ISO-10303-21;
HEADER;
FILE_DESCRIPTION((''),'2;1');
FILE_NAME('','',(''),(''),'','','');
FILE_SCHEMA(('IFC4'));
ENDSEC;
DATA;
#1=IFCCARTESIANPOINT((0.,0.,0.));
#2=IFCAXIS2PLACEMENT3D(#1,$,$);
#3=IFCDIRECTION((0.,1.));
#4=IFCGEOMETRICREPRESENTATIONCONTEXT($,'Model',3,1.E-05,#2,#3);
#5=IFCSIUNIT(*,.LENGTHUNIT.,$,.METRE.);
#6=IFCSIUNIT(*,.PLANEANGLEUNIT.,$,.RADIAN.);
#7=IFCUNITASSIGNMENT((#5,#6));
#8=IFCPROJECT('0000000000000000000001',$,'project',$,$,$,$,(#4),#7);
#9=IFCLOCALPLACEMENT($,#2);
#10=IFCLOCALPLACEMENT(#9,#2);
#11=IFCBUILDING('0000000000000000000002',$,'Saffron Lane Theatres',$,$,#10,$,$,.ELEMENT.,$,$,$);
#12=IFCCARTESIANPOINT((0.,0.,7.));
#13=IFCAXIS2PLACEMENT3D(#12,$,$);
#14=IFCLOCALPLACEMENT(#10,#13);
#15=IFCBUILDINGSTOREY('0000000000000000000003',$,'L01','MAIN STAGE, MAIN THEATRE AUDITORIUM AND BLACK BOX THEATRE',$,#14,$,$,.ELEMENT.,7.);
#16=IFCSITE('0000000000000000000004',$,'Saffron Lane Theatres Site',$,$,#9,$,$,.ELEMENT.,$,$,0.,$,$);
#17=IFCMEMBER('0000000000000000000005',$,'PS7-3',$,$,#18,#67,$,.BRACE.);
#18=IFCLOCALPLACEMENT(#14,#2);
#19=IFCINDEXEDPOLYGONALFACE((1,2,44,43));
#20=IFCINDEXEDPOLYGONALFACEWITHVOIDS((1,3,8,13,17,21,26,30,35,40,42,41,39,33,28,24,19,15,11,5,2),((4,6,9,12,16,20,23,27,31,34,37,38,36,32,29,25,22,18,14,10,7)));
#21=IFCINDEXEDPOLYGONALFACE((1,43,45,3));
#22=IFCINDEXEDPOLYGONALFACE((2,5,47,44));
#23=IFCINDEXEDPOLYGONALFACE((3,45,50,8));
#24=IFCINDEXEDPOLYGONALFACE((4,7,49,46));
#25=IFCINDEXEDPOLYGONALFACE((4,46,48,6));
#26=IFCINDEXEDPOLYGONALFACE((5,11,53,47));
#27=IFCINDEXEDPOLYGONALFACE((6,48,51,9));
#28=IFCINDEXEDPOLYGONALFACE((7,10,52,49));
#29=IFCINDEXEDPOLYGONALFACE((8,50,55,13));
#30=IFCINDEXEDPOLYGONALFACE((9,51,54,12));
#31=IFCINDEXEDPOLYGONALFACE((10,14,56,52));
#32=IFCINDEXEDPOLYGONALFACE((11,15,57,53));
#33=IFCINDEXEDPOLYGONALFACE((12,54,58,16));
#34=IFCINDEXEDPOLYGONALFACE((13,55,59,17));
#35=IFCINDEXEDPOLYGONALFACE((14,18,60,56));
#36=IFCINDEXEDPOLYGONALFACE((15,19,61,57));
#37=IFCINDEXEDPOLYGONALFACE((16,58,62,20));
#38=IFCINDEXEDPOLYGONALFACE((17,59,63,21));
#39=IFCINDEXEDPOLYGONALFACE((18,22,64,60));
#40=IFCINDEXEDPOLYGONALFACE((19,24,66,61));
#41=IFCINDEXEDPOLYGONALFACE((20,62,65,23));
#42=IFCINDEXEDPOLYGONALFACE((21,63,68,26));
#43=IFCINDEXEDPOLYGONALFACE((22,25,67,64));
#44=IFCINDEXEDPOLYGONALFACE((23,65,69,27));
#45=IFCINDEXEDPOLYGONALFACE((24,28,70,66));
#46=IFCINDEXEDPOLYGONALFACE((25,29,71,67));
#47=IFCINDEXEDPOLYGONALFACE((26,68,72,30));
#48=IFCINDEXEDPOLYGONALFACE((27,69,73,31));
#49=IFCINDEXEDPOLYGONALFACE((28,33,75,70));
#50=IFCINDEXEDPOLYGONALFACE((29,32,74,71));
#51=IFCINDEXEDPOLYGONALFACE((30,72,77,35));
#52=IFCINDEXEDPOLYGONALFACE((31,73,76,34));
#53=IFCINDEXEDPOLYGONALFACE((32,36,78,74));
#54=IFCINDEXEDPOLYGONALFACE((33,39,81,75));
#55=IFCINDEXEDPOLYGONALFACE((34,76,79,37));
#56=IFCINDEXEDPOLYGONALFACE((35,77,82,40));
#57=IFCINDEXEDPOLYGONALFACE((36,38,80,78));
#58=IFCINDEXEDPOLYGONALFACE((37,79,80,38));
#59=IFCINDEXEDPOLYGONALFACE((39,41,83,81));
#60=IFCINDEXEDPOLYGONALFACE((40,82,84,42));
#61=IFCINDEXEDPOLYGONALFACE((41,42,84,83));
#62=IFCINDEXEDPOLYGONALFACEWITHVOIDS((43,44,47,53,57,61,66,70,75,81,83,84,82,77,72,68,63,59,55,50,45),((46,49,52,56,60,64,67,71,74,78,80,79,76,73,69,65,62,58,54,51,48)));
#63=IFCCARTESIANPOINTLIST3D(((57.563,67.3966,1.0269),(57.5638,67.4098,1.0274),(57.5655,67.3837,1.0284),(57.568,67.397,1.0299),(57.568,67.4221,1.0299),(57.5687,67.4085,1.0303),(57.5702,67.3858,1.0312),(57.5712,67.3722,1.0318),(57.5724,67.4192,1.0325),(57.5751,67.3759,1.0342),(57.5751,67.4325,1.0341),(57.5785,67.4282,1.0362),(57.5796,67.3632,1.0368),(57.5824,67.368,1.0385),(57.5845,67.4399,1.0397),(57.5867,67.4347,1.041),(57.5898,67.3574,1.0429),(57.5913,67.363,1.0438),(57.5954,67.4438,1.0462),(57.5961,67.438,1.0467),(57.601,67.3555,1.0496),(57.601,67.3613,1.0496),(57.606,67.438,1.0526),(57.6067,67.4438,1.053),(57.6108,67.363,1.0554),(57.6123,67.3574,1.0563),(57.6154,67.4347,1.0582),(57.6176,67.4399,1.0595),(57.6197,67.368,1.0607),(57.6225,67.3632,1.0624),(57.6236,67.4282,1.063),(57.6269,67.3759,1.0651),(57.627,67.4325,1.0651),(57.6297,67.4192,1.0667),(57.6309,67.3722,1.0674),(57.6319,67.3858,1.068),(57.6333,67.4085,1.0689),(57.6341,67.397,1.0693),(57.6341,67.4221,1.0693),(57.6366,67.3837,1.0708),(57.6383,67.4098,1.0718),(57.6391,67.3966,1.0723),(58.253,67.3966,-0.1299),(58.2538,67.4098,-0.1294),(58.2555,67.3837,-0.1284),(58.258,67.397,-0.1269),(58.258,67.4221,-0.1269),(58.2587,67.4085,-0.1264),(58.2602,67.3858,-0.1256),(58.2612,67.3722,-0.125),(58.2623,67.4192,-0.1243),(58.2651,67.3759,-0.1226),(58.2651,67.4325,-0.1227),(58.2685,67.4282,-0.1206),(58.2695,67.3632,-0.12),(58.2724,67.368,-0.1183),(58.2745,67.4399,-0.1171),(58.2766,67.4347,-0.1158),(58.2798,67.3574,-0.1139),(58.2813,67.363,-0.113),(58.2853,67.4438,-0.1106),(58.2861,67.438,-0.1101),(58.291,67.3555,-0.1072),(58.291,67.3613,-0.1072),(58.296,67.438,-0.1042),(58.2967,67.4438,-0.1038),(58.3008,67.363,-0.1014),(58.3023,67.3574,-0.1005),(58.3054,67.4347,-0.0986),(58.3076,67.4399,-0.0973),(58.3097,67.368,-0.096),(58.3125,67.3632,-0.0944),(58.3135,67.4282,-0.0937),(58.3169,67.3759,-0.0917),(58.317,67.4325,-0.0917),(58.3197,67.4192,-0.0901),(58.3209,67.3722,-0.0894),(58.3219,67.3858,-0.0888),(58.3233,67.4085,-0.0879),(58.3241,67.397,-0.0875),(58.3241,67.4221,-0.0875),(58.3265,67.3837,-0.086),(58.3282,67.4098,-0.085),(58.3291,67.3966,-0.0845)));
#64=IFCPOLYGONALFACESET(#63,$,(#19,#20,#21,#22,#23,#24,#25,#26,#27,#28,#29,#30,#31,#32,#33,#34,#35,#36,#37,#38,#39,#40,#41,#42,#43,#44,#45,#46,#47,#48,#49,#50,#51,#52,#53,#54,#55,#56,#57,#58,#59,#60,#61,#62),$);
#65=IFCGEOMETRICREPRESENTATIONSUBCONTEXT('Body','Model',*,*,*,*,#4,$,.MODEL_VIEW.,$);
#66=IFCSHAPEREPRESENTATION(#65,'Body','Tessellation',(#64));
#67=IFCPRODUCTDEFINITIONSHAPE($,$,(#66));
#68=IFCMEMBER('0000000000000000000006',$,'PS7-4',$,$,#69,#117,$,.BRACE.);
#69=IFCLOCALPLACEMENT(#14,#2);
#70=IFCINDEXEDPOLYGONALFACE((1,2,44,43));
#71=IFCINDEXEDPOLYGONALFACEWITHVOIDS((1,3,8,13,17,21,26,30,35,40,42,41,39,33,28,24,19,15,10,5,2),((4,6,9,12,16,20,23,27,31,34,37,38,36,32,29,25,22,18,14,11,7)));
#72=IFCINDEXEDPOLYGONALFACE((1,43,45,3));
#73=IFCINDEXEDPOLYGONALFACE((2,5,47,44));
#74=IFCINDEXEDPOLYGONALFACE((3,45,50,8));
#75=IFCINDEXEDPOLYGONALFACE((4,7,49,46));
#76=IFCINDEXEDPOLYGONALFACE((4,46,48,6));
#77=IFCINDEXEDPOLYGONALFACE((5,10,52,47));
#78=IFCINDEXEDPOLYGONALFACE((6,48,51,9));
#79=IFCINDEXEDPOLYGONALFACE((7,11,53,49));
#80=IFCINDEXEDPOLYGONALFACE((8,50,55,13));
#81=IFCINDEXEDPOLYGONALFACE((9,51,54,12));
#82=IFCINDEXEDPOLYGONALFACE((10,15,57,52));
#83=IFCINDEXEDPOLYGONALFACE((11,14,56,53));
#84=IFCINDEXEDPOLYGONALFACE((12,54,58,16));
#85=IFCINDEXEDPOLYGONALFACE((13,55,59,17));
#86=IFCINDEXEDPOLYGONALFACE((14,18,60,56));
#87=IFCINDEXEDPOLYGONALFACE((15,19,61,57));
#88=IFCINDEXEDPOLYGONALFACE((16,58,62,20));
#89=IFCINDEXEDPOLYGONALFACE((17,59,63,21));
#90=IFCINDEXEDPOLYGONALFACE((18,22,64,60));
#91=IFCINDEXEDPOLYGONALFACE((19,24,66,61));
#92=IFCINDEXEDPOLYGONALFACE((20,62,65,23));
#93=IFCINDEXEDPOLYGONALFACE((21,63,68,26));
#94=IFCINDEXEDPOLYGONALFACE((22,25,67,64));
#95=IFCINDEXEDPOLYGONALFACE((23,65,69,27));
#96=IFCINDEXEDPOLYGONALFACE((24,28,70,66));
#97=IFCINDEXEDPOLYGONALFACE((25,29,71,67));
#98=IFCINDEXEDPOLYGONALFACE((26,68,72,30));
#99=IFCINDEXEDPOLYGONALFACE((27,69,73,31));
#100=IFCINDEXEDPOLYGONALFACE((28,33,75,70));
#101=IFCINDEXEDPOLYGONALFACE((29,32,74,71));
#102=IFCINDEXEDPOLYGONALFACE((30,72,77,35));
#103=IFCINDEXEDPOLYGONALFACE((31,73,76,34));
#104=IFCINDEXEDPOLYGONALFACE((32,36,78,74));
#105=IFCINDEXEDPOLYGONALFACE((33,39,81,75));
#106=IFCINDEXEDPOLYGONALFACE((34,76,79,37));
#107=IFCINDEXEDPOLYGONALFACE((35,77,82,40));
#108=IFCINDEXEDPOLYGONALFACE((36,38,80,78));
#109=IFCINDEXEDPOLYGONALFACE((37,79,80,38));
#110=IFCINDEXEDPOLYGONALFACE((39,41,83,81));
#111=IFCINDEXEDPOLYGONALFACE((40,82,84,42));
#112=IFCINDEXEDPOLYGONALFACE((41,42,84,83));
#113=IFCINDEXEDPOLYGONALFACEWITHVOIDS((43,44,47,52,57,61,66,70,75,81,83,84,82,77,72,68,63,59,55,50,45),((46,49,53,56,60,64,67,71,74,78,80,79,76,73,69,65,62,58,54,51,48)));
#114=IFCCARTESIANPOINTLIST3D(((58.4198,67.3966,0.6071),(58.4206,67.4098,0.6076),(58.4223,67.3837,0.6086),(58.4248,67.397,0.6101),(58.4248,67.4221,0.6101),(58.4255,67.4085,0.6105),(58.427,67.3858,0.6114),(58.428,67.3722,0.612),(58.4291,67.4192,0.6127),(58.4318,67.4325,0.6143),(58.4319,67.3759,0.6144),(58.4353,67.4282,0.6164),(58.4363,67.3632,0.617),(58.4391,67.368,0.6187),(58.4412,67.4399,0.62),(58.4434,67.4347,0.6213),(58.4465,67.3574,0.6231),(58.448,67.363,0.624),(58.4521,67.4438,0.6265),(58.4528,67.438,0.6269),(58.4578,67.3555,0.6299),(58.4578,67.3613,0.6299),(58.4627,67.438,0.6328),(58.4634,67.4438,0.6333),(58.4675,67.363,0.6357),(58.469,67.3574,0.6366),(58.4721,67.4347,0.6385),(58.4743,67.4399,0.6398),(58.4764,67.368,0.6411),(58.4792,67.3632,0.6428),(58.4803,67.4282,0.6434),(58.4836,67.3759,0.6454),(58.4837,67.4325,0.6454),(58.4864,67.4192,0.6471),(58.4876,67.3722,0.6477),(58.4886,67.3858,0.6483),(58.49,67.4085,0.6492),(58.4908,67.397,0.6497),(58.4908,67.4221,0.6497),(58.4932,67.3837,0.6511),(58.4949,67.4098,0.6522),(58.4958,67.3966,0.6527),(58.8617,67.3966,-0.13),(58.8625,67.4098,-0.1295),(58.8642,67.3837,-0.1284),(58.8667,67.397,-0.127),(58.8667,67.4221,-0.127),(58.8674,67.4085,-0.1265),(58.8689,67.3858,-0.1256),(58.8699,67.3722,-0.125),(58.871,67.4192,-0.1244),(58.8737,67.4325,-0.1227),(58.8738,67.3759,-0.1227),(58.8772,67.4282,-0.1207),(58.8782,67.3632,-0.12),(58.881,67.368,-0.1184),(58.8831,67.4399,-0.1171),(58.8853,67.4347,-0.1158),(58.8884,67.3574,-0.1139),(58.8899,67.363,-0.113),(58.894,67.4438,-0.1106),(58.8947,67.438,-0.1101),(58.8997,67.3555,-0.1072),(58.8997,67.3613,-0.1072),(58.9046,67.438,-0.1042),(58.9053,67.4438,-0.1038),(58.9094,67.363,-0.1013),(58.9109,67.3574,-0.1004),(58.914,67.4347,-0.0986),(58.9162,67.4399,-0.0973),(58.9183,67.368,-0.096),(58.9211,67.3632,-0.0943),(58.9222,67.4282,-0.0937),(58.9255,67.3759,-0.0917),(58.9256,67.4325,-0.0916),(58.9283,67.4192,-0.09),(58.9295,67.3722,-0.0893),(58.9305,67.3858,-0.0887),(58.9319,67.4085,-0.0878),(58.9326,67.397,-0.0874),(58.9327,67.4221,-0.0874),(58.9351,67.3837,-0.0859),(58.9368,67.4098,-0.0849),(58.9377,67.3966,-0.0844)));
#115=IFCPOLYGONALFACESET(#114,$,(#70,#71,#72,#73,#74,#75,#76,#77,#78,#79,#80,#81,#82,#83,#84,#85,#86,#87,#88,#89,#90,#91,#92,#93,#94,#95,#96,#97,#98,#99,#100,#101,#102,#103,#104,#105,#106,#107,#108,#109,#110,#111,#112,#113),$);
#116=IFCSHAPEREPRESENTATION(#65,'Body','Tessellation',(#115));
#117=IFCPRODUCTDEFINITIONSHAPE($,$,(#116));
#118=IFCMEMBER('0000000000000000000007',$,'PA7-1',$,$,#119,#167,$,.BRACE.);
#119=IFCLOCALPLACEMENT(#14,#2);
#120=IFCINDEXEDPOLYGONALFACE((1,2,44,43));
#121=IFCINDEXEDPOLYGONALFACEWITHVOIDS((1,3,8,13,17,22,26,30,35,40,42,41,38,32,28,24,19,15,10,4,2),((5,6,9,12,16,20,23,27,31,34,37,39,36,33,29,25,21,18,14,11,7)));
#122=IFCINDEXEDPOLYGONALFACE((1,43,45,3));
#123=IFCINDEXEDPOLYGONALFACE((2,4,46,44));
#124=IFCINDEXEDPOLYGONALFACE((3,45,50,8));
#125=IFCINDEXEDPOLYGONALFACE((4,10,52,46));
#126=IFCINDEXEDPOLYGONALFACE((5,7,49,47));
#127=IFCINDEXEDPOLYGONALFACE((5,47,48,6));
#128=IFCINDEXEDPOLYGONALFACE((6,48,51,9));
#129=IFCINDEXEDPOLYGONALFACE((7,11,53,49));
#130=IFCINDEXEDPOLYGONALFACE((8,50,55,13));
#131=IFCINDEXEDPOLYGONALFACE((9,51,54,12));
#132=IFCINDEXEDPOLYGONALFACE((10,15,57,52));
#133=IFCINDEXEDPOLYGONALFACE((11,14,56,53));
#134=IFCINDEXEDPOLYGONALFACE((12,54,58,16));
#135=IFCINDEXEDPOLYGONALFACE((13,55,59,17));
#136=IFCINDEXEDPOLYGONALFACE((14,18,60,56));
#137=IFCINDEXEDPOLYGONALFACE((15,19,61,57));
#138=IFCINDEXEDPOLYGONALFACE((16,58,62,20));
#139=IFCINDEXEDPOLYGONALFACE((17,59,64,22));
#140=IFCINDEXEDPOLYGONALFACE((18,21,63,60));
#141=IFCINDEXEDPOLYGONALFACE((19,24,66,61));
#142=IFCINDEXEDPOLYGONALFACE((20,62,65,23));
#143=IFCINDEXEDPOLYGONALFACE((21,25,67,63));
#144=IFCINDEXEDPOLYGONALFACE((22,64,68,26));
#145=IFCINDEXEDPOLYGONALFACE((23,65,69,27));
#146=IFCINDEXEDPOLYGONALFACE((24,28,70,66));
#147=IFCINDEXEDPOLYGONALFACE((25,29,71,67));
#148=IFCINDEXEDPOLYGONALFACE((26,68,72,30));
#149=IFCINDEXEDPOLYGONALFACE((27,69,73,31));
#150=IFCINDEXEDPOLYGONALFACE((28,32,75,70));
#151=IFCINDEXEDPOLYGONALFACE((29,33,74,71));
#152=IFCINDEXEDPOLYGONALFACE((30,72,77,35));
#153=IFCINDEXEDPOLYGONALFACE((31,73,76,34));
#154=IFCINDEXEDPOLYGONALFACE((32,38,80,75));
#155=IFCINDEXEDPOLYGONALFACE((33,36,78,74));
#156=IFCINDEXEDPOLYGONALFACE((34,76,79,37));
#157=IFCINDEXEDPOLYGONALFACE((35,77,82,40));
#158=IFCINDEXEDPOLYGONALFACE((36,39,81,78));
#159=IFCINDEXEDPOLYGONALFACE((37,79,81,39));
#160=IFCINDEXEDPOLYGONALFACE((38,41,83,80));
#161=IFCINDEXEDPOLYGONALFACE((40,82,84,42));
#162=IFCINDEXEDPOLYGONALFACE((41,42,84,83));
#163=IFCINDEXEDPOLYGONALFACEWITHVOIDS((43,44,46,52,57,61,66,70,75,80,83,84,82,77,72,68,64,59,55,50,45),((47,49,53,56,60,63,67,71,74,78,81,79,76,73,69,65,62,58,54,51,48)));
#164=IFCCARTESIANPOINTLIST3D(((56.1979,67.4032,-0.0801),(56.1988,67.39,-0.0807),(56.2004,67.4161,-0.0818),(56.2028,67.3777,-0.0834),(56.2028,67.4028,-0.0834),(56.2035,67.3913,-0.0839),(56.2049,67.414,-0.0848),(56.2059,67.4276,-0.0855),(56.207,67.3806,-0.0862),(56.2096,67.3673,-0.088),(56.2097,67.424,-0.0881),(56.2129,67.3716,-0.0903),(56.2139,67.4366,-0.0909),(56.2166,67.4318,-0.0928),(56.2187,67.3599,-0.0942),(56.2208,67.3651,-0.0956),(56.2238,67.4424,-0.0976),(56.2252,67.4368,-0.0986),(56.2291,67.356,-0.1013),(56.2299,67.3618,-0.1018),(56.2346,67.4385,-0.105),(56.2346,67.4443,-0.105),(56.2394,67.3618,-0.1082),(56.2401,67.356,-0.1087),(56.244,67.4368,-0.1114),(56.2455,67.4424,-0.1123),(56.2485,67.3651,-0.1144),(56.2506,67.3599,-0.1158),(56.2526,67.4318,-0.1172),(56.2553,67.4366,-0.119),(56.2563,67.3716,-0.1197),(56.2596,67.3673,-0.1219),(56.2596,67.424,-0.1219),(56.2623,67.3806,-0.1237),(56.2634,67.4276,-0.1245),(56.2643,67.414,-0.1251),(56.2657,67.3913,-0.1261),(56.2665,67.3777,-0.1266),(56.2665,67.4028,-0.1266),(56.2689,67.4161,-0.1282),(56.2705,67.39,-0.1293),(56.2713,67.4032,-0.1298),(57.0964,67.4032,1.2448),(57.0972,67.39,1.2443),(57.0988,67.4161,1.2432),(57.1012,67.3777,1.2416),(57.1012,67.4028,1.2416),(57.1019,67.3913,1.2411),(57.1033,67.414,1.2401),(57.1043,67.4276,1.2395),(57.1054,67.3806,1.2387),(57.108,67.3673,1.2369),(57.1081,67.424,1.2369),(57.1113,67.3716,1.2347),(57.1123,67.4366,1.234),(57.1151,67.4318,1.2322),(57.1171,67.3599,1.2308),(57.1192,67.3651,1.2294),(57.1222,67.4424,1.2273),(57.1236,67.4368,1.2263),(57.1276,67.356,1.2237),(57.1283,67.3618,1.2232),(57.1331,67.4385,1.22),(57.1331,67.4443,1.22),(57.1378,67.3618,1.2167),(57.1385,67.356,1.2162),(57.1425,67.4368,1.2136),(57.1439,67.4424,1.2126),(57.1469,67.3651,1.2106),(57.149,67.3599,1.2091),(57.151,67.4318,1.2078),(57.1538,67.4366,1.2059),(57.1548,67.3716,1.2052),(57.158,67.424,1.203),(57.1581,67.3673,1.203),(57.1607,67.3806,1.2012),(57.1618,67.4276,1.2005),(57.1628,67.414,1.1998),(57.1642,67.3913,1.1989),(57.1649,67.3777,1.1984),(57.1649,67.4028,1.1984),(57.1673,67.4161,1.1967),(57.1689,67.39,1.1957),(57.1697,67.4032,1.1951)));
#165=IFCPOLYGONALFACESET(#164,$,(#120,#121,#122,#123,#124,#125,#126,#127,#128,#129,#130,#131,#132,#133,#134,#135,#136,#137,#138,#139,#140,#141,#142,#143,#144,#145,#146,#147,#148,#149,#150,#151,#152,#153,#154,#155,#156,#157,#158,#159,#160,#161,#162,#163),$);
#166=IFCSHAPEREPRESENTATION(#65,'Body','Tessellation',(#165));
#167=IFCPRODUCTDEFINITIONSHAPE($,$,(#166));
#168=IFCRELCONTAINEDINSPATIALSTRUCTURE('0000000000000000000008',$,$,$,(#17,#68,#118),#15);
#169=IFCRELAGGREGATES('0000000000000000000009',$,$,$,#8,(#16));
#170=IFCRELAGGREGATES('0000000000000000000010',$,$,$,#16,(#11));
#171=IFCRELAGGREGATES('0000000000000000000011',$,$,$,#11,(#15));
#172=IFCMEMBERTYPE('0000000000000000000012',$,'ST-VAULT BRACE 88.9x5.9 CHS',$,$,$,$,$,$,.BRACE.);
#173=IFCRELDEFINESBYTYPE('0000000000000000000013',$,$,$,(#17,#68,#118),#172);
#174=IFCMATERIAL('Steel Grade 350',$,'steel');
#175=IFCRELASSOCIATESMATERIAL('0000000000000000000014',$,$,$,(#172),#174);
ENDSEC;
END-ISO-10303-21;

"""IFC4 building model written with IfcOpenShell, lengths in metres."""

from ifc_helpers import new_model, si_unit, direction, frame, origin, origin_2d, place, context, subcontext, project, spatial, hollow_circle, extrude, material, material_profile, profile_set, type_object, element, save


model = new_model("IFC4")

# Units and contexts
model_context = context("Model", 3, precision=1e-05, world=origin(), true_north=direction((0.0, 1.0)))
body_context = subcontext(model_context, "Body", "Model", "MODEL_VIEW")
ifc_project = project(units=[si_unit("LENGTHUNIT", "METRE"), si_unit("PLANEANGLEUNIT", "RADIAN")], contexts=[model_context])

# Site, building, storey
site_placement = place(None, origin())
site = spatial("IfcSite", under=ifc_project, at=site_placement, Name="Saffron Lane Theatres Site", CompositionType="ELEMENT", RefElevation=0.0)
building_placement = place(site_placement, origin())
building = spatial("IfcBuilding", under=site, at=building_placement, Name="Saffron Lane Theatres", CompositionType="ELEMENT")
storey_placement = place(building_placement, frame((0.0, 0.0, 7.0)))
storey = spatial("IfcBuildingStorey", under=building, at=storey_placement, Name="L01", Description="MAIN STAGE, MAIN THEATRE AUDITORIUM AND BLACK BOX THEATRE", CompositionType="ELEMENT", Elevation=7.0)

# Members
ifc_material_1 = material(Name="Steel Grade 350", Category="steel")
ifc_material_profile_1 = material_profile(ifc_material_1, hollow_circle(Radius=0.0444, WallThickness=0.0059, at=origin_2d()))
ifc_profile_set_1 = profile_set([ifc_material_profile_1], Name="Steel Grade 350")
member_type_1 = type_object("IfcMemberType", Name="ST-VAULT BRACE 88.9x5.9 CHS", PredefinedType="BRACE", material=ifc_profile_set_1)
member_1_placement = place(storey_placement, frame((58.291, 67.3999, -0.1072), z_axis=(-0.512255, 0.0, 0.858833), x_axis=(0.0, -1.0, 0.0)))
element("IfcMember", 1, at=member_1_placement, inside=storey, type_object=member_type_1, Name="PS7-3", PredefinedType="BRACE", context=body_context, shape_type="SweptSolid", body=[
    extrude(hollow_circle(Radius=0.0444, WallThickness=0.0059, at=origin_2d()), origin(), (0.0, 0.0, 1.0), 1.3469),
])
member_2_placement = place(storey_placement, frame((58.8997, 67.3999, -0.1072), z_axis=(-0.514203, 0.0, 0.857668), x_axis=(0.0, -1.0, 0.0)))
element("IfcMember", 2, at=member_2_placement, inside=storey, type_object=member_type_1, Name="PS7-4", PredefinedType="BRACE", context=body_context, shape_type="SweptSolid", body=[
    extrude(hollow_circle(Radius=0.0444, WallThickness=0.0059, at=origin_2d()), origin(), (0.0, 0.0, 1.0), 0.8594),
])
member_3_placement = place(storey_placement, frame((56.2346, 67.3999, -0.105), z_axis=(0.561229, 0.0, 0.82766), x_axis=(0.0, 1.0, 0.0)))
element("IfcMember", 3, at=member_3_placement, inside=storey, type_object=member_type_1, Name="PA7-1", PredefinedType="BRACE", context=body_context, shape_type="SweptSolid", body=[
    extrude(hollow_circle(Radius=0.0444, WallThickness=0.0059, at=origin_2d()), origin(), (0.0, 0.0, 1.0), 1.6008),
])

save(model, "model.ifc")
